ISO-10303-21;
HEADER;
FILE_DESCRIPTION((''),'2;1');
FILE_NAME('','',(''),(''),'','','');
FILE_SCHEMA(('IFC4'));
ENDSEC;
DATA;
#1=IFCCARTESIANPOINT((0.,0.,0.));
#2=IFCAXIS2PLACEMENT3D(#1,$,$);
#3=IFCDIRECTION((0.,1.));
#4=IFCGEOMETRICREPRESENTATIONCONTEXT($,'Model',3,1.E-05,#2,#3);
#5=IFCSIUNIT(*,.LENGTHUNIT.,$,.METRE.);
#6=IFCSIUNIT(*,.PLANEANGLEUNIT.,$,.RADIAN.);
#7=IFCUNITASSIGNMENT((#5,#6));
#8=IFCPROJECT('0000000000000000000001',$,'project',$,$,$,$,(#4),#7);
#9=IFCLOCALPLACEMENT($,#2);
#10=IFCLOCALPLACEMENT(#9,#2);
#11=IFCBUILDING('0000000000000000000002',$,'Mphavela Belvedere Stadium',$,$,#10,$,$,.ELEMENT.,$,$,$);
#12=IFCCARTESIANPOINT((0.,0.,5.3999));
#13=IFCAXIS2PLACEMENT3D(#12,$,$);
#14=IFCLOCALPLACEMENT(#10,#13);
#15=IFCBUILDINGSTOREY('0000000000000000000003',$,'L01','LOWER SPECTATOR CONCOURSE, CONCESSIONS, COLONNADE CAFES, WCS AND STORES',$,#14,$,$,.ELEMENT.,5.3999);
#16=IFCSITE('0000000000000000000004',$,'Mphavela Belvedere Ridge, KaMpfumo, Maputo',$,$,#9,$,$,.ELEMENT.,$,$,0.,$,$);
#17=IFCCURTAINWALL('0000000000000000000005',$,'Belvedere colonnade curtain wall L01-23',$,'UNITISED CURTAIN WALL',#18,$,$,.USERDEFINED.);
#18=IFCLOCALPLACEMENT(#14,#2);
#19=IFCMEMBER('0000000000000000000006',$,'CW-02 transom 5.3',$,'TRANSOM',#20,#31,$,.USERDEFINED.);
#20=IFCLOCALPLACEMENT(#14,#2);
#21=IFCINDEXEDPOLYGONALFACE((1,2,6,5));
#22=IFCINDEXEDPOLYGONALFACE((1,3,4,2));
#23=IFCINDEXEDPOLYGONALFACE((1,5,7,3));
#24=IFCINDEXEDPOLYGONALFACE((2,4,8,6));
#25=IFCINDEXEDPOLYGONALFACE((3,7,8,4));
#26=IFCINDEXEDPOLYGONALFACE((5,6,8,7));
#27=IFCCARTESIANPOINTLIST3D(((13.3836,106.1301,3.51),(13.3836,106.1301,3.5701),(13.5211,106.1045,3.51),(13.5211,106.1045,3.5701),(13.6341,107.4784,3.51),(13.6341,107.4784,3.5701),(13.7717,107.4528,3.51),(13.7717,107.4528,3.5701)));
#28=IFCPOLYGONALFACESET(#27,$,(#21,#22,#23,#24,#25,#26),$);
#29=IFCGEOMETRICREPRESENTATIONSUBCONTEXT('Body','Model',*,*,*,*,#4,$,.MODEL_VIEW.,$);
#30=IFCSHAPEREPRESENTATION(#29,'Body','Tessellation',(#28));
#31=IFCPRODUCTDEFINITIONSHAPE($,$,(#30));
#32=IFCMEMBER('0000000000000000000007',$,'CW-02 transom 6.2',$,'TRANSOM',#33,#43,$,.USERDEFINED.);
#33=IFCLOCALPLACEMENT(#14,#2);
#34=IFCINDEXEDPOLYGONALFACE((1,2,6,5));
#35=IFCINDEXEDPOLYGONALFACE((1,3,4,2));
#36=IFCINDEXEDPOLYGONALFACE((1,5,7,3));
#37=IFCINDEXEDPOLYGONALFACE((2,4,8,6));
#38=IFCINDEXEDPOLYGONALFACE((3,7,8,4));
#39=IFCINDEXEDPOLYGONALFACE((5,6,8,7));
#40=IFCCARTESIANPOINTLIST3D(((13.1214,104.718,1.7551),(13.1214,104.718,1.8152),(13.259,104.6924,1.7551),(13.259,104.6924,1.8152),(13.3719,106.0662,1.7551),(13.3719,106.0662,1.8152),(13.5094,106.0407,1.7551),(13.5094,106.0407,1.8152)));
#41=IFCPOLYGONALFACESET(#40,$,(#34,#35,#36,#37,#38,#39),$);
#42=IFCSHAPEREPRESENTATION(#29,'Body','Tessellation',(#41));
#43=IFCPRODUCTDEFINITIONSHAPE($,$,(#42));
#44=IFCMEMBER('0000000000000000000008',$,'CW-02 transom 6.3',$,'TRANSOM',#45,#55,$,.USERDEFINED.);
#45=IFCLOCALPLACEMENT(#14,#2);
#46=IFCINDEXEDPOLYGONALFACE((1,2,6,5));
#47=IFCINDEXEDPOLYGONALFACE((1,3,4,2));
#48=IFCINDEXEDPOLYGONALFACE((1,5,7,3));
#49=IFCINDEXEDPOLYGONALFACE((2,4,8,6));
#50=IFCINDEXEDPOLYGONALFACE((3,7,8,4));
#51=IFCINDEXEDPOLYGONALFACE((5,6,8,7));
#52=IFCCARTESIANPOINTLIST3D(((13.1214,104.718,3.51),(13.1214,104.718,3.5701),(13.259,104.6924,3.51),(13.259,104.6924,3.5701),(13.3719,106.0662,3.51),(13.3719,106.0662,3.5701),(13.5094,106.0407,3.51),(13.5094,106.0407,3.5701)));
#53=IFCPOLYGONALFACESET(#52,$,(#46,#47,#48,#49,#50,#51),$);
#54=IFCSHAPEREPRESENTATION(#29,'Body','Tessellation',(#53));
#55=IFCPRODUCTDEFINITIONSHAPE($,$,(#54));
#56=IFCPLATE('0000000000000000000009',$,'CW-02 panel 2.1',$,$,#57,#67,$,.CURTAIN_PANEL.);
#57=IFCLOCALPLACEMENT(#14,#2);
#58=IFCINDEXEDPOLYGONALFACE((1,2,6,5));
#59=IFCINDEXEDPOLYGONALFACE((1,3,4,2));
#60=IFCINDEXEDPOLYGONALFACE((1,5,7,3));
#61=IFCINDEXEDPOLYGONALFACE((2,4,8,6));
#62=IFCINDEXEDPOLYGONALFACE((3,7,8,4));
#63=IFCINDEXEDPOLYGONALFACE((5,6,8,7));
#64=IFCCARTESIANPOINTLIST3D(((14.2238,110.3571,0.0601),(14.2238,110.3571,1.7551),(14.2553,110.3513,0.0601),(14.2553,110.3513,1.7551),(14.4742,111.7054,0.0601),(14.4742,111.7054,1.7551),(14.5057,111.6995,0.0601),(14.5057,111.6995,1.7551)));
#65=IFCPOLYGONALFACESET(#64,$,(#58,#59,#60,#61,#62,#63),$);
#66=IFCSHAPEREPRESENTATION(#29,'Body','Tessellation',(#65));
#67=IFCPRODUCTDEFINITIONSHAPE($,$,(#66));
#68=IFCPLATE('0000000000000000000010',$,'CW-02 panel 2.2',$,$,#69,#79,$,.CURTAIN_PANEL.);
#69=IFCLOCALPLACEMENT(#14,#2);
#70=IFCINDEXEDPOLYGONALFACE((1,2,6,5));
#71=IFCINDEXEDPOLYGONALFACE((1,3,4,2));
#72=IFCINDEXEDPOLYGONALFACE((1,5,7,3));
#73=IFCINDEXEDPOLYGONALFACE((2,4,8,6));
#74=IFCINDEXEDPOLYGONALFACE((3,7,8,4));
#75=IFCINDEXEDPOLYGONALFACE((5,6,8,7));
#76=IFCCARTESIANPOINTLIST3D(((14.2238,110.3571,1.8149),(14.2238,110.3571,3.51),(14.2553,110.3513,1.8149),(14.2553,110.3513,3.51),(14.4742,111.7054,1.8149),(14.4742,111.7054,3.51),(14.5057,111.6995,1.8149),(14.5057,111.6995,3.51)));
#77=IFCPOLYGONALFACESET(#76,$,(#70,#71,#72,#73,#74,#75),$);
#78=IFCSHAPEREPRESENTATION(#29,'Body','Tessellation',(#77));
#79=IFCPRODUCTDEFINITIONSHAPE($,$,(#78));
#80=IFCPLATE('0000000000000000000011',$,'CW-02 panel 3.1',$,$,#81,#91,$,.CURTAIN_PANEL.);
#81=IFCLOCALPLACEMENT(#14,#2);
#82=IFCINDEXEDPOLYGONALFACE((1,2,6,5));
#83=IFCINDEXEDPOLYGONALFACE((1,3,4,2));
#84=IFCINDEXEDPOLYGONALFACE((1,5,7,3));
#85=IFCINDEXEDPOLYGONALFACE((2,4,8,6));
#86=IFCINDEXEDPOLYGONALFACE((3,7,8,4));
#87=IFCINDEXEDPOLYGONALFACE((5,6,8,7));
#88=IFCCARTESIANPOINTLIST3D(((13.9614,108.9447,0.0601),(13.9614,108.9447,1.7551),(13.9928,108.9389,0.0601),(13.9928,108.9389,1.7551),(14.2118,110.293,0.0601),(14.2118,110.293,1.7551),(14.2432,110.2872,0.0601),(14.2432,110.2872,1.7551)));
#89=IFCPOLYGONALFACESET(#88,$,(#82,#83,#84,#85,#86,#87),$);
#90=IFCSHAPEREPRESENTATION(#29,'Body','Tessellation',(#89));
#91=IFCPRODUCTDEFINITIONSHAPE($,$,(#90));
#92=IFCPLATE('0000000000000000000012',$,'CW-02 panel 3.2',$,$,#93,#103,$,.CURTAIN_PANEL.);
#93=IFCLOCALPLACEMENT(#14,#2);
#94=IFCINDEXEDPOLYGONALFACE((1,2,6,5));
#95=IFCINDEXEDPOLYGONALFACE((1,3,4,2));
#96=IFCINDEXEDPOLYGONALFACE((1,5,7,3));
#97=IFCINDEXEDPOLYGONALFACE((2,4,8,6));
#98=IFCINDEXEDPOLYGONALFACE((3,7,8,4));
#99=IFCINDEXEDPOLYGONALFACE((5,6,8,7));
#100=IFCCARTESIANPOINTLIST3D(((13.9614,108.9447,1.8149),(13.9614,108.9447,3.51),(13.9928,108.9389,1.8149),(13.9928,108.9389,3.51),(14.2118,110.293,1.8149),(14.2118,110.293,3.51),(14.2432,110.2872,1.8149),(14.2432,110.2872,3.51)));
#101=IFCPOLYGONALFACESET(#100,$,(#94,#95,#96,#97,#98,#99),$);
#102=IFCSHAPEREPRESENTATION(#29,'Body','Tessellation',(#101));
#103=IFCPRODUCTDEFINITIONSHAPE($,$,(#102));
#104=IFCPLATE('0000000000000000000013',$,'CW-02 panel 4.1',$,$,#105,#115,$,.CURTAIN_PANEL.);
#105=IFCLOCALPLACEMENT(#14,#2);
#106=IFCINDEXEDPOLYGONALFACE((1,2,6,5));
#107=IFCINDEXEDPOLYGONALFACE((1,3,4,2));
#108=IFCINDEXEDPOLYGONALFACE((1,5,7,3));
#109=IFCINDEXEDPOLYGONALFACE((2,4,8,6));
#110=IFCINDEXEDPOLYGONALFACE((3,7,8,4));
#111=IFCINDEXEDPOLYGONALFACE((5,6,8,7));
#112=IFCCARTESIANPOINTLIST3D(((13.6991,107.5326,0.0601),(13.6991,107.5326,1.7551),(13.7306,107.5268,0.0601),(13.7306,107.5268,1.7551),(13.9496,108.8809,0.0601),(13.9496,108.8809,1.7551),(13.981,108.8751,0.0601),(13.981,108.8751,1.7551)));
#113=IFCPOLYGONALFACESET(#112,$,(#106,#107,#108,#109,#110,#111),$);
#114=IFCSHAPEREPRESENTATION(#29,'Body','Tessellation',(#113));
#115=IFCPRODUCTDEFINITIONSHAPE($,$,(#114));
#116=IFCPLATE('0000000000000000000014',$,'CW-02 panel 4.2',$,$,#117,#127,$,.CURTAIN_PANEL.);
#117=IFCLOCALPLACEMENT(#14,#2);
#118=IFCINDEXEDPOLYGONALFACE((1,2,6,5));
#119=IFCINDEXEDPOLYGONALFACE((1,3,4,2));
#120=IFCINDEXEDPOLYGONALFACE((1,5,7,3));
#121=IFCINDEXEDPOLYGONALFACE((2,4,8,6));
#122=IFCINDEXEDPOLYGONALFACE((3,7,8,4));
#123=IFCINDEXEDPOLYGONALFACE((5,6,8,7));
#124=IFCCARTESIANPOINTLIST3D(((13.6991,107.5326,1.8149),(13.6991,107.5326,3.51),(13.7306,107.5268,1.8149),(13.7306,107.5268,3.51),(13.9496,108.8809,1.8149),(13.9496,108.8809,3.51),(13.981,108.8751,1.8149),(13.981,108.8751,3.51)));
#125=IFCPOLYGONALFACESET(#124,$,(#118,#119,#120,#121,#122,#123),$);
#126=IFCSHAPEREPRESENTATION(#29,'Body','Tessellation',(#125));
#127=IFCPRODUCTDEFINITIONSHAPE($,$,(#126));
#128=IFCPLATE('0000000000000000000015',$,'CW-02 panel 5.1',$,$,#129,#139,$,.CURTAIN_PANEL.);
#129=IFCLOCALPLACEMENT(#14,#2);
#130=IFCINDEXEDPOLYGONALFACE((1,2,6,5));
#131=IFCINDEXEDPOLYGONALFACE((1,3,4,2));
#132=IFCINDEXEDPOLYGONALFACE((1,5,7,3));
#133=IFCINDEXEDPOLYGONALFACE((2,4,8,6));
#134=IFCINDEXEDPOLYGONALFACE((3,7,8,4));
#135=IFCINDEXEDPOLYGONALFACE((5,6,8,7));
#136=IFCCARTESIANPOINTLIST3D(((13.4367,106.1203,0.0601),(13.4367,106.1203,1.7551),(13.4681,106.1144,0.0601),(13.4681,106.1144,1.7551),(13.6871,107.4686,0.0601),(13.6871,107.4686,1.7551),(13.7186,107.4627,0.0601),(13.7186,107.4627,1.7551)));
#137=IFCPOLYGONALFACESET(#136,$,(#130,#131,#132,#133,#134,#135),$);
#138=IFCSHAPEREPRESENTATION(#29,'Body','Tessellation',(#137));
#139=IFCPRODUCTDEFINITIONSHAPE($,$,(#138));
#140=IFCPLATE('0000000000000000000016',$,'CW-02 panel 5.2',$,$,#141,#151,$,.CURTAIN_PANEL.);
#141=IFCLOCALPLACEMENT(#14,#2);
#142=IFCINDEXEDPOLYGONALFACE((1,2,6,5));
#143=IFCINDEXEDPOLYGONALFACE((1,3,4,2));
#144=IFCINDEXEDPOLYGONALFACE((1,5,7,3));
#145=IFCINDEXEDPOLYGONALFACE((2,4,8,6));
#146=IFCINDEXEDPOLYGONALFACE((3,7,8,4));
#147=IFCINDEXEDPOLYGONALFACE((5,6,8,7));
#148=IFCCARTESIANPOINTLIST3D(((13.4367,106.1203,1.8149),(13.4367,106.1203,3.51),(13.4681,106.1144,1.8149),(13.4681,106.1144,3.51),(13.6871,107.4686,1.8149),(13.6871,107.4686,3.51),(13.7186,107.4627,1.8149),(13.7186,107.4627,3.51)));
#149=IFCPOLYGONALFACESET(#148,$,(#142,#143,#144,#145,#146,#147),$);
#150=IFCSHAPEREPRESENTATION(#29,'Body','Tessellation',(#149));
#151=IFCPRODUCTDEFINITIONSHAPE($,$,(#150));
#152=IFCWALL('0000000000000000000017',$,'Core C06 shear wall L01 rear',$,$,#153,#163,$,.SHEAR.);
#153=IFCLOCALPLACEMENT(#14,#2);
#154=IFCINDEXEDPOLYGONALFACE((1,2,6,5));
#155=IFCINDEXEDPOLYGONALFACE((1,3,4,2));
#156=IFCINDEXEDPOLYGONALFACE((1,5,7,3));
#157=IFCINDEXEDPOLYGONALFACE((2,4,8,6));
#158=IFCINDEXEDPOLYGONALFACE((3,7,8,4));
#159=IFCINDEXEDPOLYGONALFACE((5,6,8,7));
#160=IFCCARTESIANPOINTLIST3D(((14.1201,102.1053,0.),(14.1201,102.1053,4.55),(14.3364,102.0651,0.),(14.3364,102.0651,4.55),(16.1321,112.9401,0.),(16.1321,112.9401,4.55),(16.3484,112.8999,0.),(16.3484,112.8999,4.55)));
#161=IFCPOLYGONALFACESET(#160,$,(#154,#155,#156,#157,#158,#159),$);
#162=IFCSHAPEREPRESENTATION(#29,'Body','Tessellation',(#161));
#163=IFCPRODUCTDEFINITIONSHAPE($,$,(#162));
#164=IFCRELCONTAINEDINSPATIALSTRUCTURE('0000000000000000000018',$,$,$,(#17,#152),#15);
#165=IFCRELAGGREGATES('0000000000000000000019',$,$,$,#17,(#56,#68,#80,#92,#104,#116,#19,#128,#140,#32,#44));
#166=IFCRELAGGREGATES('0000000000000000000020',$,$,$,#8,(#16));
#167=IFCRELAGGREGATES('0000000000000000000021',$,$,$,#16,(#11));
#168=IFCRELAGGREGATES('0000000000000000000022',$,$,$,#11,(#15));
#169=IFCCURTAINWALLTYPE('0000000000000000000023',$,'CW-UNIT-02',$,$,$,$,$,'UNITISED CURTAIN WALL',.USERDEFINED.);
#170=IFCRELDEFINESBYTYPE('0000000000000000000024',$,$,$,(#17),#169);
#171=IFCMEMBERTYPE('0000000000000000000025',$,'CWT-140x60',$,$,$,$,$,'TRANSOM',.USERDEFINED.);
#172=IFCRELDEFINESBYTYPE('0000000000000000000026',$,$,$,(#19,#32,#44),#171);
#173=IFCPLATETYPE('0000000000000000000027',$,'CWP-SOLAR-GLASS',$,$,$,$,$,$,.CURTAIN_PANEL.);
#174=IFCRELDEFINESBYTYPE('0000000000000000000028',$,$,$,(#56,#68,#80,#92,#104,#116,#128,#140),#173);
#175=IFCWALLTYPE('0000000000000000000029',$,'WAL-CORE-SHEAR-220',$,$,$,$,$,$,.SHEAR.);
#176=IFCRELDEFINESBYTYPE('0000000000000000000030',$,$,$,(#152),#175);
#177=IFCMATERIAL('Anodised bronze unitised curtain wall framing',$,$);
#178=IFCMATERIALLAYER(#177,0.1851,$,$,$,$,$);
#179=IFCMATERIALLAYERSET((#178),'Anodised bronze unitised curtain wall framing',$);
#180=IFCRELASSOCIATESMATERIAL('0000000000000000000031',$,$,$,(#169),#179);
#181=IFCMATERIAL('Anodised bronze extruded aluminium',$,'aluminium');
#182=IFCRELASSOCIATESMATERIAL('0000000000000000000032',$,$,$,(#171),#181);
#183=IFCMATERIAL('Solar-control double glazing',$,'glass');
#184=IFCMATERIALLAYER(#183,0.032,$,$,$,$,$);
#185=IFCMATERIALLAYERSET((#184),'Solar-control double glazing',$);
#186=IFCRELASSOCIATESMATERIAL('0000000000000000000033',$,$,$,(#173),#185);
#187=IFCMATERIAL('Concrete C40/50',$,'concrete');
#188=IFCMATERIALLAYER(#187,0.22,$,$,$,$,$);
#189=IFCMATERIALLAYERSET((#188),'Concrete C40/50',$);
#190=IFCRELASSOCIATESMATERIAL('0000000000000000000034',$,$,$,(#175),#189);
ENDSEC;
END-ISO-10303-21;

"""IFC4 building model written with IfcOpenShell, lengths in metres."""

from ifc_helpers import new_model, si_unit, direction, frame, frame_2d, origin, origin_2d, place, context, subcontext, project, spatial, rectangle, extrude, material, layer, layer_set, material_profile, profile_set, type_object, element, aggregate, save


model = new_model("IFC4")

# Units and contexts
model_context = context("Model", 3, precision=1e-05, world=origin(), true_north=direction((0.0, 1.0)))
body_context = subcontext(model_context, "Body", "Model", "MODEL_VIEW")
ifc_project = project(units=[si_unit("LENGTHUNIT", "METRE"), si_unit("PLANEANGLEUNIT", "RADIAN")], contexts=[model_context])

# Site, building, storey
site_placement = place(None, origin())
site = spatial("IfcSite", under=ifc_project, at=site_placement, Name="Mphavela Belvedere Ridge, KaMpfumo, Maputo", CompositionType="ELEMENT", RefElevation=0.0)
building_placement = place(site_placement, origin())
building = spatial("IfcBuilding", under=site, at=building_placement, Name="Mphavela Belvedere Stadium", CompositionType="ELEMENT")
storey_placement = place(building_placement, frame((0.0, 0.0, 5.3999)))
storey = spatial("IfcBuildingStorey", under=building, at=storey_placement, Name="L01", Description="LOWER SPECTATOR CONCOURSE, CONCESSIONS, COLONNADE CAFES, WCS AND STORES", CompositionType="ELEMENT", Elevation=5.3999)

# Curtain wall, members, plates
ifc_material_1 = material(Name="Anodised bronze unitised curtain wall framing")
ifc_layer_1 = layer(ifc_material_1, 0.1851)
ifc_layer_set_1 = layer_set([ifc_layer_1], Name="Anodised bronze unitised curtain wall framing")
curtain_wall_type = type_object("IfcCurtainWallType", Name="CW-UNIT-02", ElementType="UNITISED CURTAIN WALL", PredefinedType="USERDEFINED", material=ifc_layer_set_1)
curtain_wall_placement = place(storey_placement, origin())
curtain_wall = element("IfcCurtainWall", 1, at=curtain_wall_placement, inside=storey, type_object=curtain_wall_type, Name="Belvedere colonnade curtain wall L01-23", ObjectType="UNITISED CURTAIN WALL", PredefinedType="USERDEFINED")
ifc_material_2 = material(Name="Anodised bronze extruded aluminium", Category="aluminium")
ifc_material_profile_1 = material_profile(ifc_material_2, rectangle(XDim=0.1399, YDim=0.0601, at=origin_2d()), Name="CW-TRN 140x60")
ifc_profile_set_1 = profile_set([ifc_material_profile_1], Name="Anodised bronze extruded aluminium")
member_type_1 = type_object("IfcMemberType", Name="CWT-140x60", ElementType="TRANSOM", PredefinedType="USERDEFINED", material=ifc_profile_set_1)
member_1_placement = place(storey_placement, frame((13.7029, 107.4656, 3.54), z_axis=(-0.182676, -0.983173, 0.0), x_axis=(0.983173, -0.182676, 0.0)))
member_1 = element("IfcMember", 2, at=member_1_placement, type_object=member_type_1, Name="CW-02 transom 5.3", ObjectType="TRANSOM", PredefinedType="USERDEFINED", context=body_context, shape_type="SweptSolid", body=[
    extrude(rectangle(XDim=0.1399, YDim=0.0601, at=origin_2d()), origin(), (0.0, 0.0, 1.0), 1.3713),
])
member_2_placement = place(storey_placement, frame((13.4407, 106.0535, 1.7852), z_axis=(-0.182644, -0.983179, 0.0), x_axis=(0.983179, -0.182644, 0.0)))
member_2 = element("IfcMember", 3, at=member_2_placement, type_object=member_type_1, Name="CW-02 transom 6.2", ObjectType="TRANSOM", PredefinedType="USERDEFINED", context=body_context, shape_type="SweptSolid", body=[
    extrude(rectangle(XDim=0.1399, YDim=0.0601, at=origin_2d()), origin(), (0.0, 0.0, 1.0), 1.3713),
])
member_3_placement = place(storey_placement, frame((13.4407, 106.0535, 3.54), z_axis=(-0.182644, -0.983179, 0.0), x_axis=(0.983179, -0.182644, 0.0)))
member_3 = element("IfcMember", 4, at=member_3_placement, type_object=member_type_1, Name="CW-02 transom 6.3", ObjectType="TRANSOM", PredefinedType="USERDEFINED", context=body_context, shape_type="SweptSolid", body=[
    extrude(rectangle(XDim=0.1399, YDim=0.0601, at=origin_2d()), origin(), (0.0, 0.0, 1.0), 1.3713),
])
ifc_material_3 = material(Name="Solar-control double glazing", Category="glass")
ifc_layer_2 = layer(ifc_material_3, 0.032)
ifc_layer_set_2 = layer_set([ifc_layer_2], Name="Solar-control double glazing")
plate_type = type_object("IfcPlateType", Name="CWP-SOLAR-GLASS", PredefinedType="CURTAIN_PANEL", material=ifc_layer_set_2)
plate_1_placement = place(storey_placement, frame((14.3647, 111.0283, 0.0601), z_axis=(0.0, 0.0, 1.0), x_axis=(-0.18262, -0.983184, 0.0)))
plate_1 = element("IfcPlate", 5, at=plate_1_placement, type_object=plate_type, Name="CW-02 panel 2.1", PredefinedType="CURTAIN_PANEL", context=body_context, shape_type="SweptSolid", body=[
    extrude(rectangle(XDim=1.3713, YDim=0.032, at=origin_2d()), origin(), (0.0, 0.0, 1.0), 1.6951),
])
plate_2_placement = place(storey_placement, frame((14.3647, 111.0283, 1.8149), z_axis=(0.0, 0.0, 1.0), x_axis=(-0.18262, -0.983184, 0.0)))
plate_2 = element("IfcPlate", 6, at=plate_2_placement, type_object=plate_type, Name="CW-02 panel 2.2", PredefinedType="CURTAIN_PANEL", context=body_context, shape_type="SweptSolid", body=[
    extrude(rectangle(XDim=1.3713, YDim=0.032, at=origin_2d()), origin(), (0.0, 0.0, 1.0), 1.6951),
])
plate_3_placement = place(storey_placement, frame((14.1023, 109.616, 0.0601), z_axis=(0.0, 0.0, 1.0), x_axis=(-0.18262, -0.983184, 0.0)))
plate_3 = element("IfcPlate", 7, at=plate_3_placement, type_object=plate_type, Name="CW-02 panel 3.1", PredefinedType="CURTAIN_PANEL", context=body_context, shape_type="SweptSolid", body=[
    extrude(rectangle(XDim=1.3713, YDim=0.032, at=origin_2d()), origin(), (0.0, 0.0, 1.0), 1.6951),
])
plate_4_placement = place(storey_placement, frame((14.1023, 109.616, 1.8149), z_axis=(0.0, 0.0, 1.0), x_axis=(-0.18262, -0.983184, 0.0)))
plate_4 = element("IfcPlate", 8, at=plate_4_placement, type_object=plate_type, Name="CW-02 panel 3.2", PredefinedType="CURTAIN_PANEL", context=body_context, shape_type="SweptSolid", body=[
    extrude(rectangle(XDim=1.3713, YDim=0.032, at=origin_2d()), origin(), (0.0, 0.0, 1.0), 1.6951),
])
plate_5_placement = place(storey_placement, frame((13.8401, 108.2039, 0.0601), z_axis=(0.0, 0.0, 1.0), x_axis=(-0.18262, -0.983184, 0.0)))
plate_5 = element("IfcPlate", 9, at=plate_5_placement, type_object=plate_type, Name="CW-02 panel 4.1", PredefinedType="CURTAIN_PANEL", context=body_context, shape_type="SweptSolid", body=[
    extrude(rectangle(XDim=1.3713, YDim=0.032, at=origin_2d()), origin(), (0.0, 0.0, 1.0), 1.6951),
])
plate_6_placement = place(storey_placement, frame((13.8401, 108.2039, 1.8149), z_axis=(0.0, 0.0, 1.0), x_axis=(-0.18262, -0.983184, 0.0)))
plate_6 = element("IfcPlate", 10, at=plate_6_placement, type_object=plate_type, Name="CW-02 panel 4.2", PredefinedType="CURTAIN_PANEL", context=body_context, shape_type="SweptSolid", body=[
    extrude(rectangle(XDim=1.3713, YDim=0.032, at=origin_2d()), origin(), (0.0, 0.0, 1.0), 1.6951),
])
plate_7_placement = place(storey_placement, frame((13.5776, 106.7915, 0.0601), z_axis=(0.0, 0.0, 1.0), x_axis=(-0.18262, -0.983184, 0.0)))
plate_7 = element("IfcPlate", 11, at=plate_7_placement, type_object=plate_type, Name="CW-02 panel 5.1", PredefinedType="CURTAIN_PANEL", context=body_context, shape_type="SweptSolid", body=[
    extrude(rectangle(XDim=1.3713, YDim=0.032, at=origin_2d()), origin(), (0.0, 0.0, 1.0), 1.6951),
])
plate_8_placement = place(storey_placement, frame((13.5776, 106.7915, 1.8149), z_axis=(0.0, 0.0, 1.0), x_axis=(-0.18262, -0.983184, 0.0)))
plate_8 = element("IfcPlate", 12, at=plate_8_placement, type_object=plate_type, Name="CW-02 panel 5.2", PredefinedType="CURTAIN_PANEL", context=body_context, shape_type="SweptSolid", body=[
    extrude(rectangle(XDim=1.3713, YDim=0.032, at=origin_2d()), origin(), (0.0, 0.0, 1.0), 1.6951),
])
aggregate(curtain_wall, [plate_1, plate_2, plate_3, plate_4, plate_5, plate_6, member_1, plate_7, plate_8, member_2, member_3])

# Wall
ifc_material_4 = material(Name="Concrete C40/50", Category="concrete")
ifc_layer_3 = layer(ifc_material_4, 0.22)
ifc_layer_set_3 = layer_set([ifc_layer_3], Name="Concrete C40/50")
wall_type = type_object("IfcWallType", Name="WAL-CORE-SHEAR-220", PredefinedType="SHEAR", material=ifc_layer_set_3)
wall_placement = place(storey_placement, frame((14.2283, 102.0852, 0.0), z_axis=(0.0, 0.0, 1.0), x_axis=(0.182575, 0.983192, 0.0)))
element("IfcWall", 13, at=wall_placement, inside=storey, type_object=wall_type, Name="Core C06 shear wall L01 rear", PredefinedType="SHEAR", context=body_context, shape_type="SweptSolid", body=[
    extrude(rectangle(XDim=11.02, YDim=0.22, at=frame_2d((5.51, 0.0))), origin(), (0.0, 0.0, 1.0), 4.55),
])

save(model, "model.ifc")
